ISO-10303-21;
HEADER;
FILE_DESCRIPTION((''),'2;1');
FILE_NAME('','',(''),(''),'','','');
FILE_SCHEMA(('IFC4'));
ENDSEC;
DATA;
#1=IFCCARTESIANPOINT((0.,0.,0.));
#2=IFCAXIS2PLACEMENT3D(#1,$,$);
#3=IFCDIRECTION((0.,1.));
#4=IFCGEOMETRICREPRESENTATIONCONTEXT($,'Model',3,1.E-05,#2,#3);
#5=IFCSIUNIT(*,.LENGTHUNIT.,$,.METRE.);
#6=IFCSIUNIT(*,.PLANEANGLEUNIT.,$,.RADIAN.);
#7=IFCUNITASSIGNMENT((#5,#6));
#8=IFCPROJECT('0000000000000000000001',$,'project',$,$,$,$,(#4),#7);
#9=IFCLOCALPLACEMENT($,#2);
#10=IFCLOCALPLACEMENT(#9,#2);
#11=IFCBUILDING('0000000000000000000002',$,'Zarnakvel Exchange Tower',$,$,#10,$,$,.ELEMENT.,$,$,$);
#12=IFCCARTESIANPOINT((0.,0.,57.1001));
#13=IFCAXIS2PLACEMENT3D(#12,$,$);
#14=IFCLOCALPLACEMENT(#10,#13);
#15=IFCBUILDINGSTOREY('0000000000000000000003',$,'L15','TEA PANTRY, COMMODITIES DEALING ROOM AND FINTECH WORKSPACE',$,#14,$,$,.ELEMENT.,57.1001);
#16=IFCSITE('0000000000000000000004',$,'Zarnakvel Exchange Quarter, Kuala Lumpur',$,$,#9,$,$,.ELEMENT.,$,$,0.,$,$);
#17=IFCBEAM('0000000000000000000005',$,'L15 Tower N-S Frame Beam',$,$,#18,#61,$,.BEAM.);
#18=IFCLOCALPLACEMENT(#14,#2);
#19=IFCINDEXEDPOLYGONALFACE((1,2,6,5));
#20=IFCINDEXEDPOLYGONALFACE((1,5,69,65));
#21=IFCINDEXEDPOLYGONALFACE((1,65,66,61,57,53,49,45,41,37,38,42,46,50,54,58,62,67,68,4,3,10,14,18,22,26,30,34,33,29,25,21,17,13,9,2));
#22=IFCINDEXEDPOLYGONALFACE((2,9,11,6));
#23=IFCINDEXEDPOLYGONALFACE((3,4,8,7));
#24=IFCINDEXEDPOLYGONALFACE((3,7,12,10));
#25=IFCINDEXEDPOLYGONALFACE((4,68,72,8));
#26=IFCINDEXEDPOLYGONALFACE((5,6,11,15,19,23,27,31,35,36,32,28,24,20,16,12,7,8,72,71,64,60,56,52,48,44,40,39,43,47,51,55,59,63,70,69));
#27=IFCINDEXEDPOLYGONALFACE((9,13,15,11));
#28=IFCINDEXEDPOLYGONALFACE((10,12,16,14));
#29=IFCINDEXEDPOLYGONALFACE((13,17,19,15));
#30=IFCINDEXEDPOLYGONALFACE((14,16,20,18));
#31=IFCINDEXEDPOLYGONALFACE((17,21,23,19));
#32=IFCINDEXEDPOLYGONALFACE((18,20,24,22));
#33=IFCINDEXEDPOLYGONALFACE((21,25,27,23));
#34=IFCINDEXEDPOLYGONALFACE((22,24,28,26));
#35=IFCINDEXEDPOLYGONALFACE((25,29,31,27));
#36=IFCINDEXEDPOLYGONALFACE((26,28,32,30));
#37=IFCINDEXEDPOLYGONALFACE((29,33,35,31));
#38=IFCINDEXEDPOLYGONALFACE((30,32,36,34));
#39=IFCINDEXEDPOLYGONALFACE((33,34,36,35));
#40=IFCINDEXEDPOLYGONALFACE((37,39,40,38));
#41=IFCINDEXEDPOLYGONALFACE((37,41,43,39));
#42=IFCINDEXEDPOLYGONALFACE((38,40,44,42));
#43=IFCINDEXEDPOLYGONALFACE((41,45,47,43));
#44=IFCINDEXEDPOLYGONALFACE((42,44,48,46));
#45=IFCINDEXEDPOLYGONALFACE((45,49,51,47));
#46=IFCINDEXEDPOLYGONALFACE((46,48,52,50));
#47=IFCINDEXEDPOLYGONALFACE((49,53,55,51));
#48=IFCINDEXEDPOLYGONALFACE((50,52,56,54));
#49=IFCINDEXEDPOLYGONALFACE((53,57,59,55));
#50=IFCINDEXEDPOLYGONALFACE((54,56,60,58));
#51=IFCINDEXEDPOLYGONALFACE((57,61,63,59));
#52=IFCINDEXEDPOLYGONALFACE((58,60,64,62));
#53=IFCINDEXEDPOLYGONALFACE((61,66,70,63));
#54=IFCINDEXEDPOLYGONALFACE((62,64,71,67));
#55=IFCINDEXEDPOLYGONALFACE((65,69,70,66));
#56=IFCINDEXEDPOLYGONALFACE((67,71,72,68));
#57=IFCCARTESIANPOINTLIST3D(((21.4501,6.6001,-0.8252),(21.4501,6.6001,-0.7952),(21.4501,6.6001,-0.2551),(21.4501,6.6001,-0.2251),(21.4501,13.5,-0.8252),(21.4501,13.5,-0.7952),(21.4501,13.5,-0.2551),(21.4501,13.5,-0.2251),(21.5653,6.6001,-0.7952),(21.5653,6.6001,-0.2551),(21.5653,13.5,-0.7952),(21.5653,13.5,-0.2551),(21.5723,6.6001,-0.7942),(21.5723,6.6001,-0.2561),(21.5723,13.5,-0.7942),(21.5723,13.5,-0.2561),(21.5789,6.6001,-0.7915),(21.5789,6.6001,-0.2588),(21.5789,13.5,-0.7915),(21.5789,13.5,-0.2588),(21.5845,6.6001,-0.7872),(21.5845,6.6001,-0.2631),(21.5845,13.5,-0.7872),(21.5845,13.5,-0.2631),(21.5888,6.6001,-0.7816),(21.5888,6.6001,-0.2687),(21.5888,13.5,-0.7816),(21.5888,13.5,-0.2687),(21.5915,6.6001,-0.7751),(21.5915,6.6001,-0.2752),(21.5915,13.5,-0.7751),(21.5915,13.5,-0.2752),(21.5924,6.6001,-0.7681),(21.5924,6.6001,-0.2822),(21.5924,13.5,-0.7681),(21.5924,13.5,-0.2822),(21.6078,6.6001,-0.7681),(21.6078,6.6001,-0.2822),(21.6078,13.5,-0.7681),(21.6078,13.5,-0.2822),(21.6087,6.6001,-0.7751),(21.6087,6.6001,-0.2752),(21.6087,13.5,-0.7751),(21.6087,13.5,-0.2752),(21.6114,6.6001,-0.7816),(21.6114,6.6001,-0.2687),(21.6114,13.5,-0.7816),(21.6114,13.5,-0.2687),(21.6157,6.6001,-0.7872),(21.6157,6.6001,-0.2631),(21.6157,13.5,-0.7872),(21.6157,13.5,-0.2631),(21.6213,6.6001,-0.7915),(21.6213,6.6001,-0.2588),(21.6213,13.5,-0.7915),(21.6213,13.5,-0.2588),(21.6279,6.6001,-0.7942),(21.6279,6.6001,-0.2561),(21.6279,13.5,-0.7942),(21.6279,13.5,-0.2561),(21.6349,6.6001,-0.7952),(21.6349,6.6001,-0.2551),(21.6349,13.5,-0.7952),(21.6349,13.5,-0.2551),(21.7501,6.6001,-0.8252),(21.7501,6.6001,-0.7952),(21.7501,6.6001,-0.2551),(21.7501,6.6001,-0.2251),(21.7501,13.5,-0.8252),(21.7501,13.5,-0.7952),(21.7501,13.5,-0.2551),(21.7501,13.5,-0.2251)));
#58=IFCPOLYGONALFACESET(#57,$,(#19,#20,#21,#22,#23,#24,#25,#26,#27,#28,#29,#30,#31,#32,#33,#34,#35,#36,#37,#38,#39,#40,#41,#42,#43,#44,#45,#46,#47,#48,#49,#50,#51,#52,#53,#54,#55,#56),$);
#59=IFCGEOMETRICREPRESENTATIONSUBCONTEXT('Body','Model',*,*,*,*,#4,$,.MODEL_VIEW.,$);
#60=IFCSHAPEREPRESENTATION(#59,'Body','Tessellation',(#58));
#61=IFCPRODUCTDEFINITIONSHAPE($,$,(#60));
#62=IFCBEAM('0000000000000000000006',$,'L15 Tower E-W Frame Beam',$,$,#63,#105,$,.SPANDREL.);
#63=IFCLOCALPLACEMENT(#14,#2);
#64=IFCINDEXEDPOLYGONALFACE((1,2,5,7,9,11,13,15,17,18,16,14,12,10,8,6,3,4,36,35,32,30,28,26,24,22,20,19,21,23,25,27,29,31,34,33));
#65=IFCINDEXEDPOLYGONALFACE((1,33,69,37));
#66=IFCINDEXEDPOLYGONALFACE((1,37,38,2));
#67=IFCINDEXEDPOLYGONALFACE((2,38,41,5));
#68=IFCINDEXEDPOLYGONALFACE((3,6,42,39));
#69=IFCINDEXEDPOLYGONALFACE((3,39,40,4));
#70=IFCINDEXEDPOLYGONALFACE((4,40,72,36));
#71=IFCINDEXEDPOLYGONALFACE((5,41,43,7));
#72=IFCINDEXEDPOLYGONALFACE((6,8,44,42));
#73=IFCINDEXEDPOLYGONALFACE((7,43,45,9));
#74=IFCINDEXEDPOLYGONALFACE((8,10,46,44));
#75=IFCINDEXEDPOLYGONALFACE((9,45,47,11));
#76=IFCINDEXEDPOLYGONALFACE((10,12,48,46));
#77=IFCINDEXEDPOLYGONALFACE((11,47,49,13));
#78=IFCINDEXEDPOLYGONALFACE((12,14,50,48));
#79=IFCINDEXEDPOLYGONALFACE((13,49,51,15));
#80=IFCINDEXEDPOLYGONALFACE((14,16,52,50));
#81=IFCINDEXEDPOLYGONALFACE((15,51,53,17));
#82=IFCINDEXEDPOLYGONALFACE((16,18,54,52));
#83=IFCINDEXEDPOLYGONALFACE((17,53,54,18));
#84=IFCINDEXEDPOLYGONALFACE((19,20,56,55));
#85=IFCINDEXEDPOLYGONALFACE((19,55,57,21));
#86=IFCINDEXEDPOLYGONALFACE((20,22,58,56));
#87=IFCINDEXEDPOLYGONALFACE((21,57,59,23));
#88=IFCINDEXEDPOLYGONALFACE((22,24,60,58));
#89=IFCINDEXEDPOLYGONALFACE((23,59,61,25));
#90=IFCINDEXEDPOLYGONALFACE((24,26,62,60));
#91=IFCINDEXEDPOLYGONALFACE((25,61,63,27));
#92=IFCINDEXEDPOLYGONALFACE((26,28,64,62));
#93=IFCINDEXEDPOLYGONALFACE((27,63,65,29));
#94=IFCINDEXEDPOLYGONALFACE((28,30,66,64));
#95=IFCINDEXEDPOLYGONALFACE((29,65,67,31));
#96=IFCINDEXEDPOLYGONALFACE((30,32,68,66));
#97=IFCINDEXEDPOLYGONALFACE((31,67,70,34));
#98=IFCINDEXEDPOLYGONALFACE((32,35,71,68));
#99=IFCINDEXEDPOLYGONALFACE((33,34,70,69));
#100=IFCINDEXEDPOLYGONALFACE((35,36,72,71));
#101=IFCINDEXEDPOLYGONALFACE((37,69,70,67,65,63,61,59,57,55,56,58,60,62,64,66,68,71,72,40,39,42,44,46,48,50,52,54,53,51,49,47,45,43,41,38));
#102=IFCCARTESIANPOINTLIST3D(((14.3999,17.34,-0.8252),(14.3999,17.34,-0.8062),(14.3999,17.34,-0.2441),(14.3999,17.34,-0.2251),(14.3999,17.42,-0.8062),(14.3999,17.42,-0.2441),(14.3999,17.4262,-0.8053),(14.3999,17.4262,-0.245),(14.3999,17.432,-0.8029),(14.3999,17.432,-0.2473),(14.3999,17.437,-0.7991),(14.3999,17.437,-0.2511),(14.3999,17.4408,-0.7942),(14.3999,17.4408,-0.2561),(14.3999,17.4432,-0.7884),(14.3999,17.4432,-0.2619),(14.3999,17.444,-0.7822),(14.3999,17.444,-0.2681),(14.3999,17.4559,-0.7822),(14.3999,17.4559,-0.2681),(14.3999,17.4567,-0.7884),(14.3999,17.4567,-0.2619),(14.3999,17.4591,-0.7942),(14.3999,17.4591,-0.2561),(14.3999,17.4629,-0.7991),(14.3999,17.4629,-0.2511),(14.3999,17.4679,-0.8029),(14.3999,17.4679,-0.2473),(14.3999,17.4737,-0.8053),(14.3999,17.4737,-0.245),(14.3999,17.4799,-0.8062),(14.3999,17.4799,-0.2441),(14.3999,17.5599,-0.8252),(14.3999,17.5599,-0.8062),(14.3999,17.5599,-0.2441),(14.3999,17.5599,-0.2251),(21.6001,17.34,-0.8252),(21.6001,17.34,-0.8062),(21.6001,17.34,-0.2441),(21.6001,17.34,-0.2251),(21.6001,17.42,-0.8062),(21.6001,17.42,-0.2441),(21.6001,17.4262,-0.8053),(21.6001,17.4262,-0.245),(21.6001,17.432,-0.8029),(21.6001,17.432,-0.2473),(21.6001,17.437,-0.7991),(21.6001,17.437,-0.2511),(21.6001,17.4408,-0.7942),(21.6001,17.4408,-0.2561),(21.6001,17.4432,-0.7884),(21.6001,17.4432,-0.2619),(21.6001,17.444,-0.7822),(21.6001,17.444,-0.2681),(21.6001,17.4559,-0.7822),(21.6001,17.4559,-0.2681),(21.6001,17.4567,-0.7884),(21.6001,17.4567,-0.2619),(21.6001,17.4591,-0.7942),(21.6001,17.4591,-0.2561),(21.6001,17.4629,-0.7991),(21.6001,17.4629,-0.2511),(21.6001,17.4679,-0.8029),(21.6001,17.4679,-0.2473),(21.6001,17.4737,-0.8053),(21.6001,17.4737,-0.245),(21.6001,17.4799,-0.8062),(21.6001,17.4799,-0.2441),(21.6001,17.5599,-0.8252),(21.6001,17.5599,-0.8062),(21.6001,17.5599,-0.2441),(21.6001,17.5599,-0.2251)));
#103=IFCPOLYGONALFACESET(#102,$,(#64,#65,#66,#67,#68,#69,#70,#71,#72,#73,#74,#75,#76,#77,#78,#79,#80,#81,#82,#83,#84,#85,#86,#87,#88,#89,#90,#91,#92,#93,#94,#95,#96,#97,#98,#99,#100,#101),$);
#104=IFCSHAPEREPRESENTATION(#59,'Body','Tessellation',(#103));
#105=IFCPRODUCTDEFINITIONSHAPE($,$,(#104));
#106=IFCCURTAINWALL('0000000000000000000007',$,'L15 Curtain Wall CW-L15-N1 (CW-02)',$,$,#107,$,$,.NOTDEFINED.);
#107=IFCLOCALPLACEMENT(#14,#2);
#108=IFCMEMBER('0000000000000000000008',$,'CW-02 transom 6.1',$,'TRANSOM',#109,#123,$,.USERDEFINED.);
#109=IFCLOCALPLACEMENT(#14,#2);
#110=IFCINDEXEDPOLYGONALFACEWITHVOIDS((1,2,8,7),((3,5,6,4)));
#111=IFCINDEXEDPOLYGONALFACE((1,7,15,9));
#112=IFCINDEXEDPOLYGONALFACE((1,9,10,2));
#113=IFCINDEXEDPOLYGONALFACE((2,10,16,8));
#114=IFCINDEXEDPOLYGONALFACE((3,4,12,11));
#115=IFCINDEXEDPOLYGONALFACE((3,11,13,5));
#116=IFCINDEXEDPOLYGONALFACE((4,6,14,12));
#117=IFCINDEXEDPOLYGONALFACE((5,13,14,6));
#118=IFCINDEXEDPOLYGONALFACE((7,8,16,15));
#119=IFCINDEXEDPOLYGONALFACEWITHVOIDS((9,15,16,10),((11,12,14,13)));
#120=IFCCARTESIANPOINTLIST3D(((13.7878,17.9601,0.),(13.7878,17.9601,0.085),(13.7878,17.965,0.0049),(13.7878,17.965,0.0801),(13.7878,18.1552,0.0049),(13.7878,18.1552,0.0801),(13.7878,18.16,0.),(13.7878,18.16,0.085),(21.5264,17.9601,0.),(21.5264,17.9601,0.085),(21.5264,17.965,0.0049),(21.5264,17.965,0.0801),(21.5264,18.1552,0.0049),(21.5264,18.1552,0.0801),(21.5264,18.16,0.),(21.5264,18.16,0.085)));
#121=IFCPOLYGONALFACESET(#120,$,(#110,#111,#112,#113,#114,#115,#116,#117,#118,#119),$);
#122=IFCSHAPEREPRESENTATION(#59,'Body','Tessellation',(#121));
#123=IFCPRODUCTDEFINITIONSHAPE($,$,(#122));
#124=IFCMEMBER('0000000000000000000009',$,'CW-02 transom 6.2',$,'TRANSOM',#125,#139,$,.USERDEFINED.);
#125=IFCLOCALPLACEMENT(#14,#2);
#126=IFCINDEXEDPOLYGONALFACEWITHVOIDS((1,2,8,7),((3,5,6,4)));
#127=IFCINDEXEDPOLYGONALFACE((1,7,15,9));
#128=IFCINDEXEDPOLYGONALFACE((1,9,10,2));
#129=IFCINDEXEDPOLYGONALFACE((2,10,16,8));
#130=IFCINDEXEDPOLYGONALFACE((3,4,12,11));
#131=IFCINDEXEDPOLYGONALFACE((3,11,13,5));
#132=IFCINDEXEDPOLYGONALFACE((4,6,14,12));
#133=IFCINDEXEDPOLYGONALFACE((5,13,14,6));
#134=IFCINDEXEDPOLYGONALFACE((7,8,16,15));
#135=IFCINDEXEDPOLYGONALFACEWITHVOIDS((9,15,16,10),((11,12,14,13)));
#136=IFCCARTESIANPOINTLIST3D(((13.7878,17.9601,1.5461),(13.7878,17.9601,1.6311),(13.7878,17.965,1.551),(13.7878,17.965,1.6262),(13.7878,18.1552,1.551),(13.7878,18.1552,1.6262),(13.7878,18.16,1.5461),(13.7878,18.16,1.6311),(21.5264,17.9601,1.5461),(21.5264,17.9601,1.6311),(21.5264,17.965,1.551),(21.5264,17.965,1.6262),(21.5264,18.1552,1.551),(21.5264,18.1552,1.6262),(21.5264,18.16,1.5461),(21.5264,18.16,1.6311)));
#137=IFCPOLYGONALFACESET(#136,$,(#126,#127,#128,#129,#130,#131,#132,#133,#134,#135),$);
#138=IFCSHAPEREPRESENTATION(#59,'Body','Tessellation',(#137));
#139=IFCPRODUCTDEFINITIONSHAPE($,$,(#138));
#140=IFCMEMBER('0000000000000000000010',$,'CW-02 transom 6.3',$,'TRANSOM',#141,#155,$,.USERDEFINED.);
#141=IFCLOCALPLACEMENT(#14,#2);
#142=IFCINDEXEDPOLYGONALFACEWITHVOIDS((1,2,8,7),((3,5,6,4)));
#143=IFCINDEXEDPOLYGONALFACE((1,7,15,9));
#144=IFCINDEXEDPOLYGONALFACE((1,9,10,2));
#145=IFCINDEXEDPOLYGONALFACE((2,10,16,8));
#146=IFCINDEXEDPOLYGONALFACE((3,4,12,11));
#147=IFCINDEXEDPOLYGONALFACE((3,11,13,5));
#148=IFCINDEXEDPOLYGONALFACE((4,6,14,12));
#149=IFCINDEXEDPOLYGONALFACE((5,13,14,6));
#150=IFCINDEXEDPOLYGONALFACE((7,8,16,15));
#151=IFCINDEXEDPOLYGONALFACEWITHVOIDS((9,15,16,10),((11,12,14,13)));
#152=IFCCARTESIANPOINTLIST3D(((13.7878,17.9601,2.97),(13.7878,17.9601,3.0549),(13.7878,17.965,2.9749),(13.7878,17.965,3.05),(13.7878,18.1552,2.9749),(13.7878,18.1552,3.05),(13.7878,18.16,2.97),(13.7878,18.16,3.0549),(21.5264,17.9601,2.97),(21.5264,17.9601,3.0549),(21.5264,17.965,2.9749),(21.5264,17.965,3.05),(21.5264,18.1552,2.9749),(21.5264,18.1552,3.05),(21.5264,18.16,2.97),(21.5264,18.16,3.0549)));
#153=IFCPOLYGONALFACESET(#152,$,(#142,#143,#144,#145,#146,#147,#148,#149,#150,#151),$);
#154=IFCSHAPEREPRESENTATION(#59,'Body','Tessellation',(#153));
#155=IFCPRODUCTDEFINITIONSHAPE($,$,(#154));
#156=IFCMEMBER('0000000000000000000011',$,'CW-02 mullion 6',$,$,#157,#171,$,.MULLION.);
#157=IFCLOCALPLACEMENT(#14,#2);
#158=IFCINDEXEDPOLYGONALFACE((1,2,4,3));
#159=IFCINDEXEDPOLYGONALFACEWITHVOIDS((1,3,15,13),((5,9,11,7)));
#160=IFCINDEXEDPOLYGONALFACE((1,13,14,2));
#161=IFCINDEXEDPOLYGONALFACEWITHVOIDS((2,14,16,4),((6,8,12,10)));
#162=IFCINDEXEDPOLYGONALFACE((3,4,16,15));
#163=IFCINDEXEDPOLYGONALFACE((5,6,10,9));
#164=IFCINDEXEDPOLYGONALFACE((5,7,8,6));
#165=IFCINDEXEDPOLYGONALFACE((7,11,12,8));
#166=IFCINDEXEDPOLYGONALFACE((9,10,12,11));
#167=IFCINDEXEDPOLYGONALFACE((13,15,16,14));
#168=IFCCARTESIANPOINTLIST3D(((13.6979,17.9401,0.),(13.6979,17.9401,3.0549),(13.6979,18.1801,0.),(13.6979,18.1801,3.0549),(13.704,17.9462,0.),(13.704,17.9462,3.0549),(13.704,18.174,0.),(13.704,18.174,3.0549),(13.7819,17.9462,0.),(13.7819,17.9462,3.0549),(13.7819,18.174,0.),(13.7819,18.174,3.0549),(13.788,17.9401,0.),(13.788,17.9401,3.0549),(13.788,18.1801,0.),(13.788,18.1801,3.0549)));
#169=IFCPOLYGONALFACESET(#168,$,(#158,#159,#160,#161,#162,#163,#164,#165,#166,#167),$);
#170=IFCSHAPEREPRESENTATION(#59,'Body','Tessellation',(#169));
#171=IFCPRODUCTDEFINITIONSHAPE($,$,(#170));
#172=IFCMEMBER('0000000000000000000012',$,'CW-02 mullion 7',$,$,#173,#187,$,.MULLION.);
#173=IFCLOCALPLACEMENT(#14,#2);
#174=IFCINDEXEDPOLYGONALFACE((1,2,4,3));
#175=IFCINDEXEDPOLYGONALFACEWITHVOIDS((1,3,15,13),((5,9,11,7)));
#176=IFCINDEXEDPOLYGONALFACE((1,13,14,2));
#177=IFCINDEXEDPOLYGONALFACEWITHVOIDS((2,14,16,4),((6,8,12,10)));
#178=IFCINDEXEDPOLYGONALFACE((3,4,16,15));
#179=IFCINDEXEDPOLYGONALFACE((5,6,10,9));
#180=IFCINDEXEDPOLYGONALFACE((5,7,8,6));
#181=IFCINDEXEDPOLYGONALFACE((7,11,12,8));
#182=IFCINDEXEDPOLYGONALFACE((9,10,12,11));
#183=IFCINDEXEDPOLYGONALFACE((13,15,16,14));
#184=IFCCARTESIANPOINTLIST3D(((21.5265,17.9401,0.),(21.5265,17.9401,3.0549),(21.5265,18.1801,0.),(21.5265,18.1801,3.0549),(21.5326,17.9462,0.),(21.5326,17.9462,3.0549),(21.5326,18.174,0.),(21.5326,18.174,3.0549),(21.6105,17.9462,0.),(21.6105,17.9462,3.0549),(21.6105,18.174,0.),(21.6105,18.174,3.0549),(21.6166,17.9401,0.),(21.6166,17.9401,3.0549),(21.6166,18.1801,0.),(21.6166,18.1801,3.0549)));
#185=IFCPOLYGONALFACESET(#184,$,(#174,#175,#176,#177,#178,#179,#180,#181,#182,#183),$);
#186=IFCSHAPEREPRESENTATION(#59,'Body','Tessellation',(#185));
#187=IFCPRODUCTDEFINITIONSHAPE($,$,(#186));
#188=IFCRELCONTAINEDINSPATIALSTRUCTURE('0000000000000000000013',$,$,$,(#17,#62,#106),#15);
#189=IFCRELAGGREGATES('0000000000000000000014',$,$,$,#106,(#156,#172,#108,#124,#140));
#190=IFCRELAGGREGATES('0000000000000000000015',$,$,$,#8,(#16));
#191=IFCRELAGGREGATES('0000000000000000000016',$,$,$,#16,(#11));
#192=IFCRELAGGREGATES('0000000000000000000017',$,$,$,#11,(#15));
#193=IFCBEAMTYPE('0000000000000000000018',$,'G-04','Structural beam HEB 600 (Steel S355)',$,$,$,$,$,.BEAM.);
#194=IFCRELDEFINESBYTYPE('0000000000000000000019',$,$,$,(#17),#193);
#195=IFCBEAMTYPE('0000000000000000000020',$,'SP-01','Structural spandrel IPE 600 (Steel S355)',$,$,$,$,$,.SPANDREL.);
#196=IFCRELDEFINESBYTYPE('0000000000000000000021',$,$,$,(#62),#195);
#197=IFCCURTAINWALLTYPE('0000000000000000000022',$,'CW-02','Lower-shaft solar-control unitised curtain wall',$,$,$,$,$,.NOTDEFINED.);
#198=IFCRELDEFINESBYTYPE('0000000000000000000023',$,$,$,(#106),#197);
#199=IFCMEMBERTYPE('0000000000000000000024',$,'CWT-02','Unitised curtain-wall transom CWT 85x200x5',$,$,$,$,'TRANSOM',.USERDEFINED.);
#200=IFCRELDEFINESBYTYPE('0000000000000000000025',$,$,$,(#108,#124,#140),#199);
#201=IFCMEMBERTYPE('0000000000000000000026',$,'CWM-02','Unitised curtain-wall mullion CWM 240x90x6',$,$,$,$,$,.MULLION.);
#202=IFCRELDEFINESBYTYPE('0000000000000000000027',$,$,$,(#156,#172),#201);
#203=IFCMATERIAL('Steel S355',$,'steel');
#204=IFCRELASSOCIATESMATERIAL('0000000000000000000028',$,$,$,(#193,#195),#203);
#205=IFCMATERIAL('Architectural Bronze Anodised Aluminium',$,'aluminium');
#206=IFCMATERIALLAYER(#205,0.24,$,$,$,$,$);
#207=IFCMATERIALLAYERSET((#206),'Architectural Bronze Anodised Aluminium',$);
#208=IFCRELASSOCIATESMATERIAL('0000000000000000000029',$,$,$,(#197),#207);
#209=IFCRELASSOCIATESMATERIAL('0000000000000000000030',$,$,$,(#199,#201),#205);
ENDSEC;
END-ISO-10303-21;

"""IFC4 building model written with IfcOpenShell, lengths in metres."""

from ifc_helpers import new_model, si_unit, direction, frame, origin, origin_2d, place, context, subcontext, project, spatial, hollow_rectangle, i_section, extrude, source, transform, mapped, material, layer, layer_set, material_profile, profile_set, type_object, element, aggregate, save


model = new_model("IFC4")

# Units and contexts
model_context = context("Model", 3, precision=1e-05, world=origin(), true_north=direction((0.0, 1.0)))
body_context = subcontext(model_context, "Body", "Model", "MODEL_VIEW")
ifc_project = project(units=[si_unit("LENGTHUNIT", "METRE"), si_unit("PLANEANGLEUNIT", "RADIAN")], contexts=[model_context])

# Site, building, storey
site_placement = place(None, origin())
site = spatial("IfcSite", under=ifc_project, at=site_placement, Name="Zarnakvel Exchange Quarter, Kuala Lumpur", CompositionType="ELEMENT", RefElevation=0.0)
building_placement = place(site_placement, origin())
building = spatial("IfcBuilding", under=site, at=building_placement, Name="Zarnakvel Exchange Tower", CompositionType="ELEMENT")
storey_placement = place(building_placement, frame((0.0, 0.0, 57.1001)))
storey = spatial("IfcBuildingStorey", under=building, at=storey_placement, Name="L15", Description="TEA PANTRY, COMMODITIES DEALING ROOM AND FINTECH WORKSPACE", CompositionType="ELEMENT", Elevation=57.1001)

# Beams
ifc_material_1 = material(Name="Steel S355", Category="steel")
ifc_material_profile_1 = material_profile(ifc_material_1, i_section(OverallWidth=0.3, OverallDepth=0.6001, WebThickness=0.0154, FlangeThickness=0.03, FilletRadius=0.0271, at=origin_2d()))
ifc_profile_set_1 = profile_set([ifc_material_profile_1], Name="Steel S355")
beam_type_1 = type_object("IfcBeamType", Name="G-04", Description="Structural beam HEB 600 (Steel S355)", PredefinedType="BEAM", material=ifc_profile_set_1)
beam_1_placement = place(storey_placement, frame((21.6001, 6.6001, -0.5251), z_axis=(0.0, 1.0, 0.0), x_axis=(-1.0, 0.0, 0.0)))
element("IfcBeam", 1, at=beam_1_placement, inside=storey, type_object=beam_type_1, Name="L15 Tower N-S Frame Beam", PredefinedType="BEAM", context=body_context, shape_type="SweptSolid", body=[
    extrude(i_section(OverallWidth=0.3, OverallDepth=0.6001, WebThickness=0.0154, FlangeThickness=0.03, FilletRadius=0.0271, at=origin_2d()), origin(), (0.0, 0.0, 1.0), 6.8999),
])
ifc_material_profile_2 = material_profile(ifc_material_1, i_section(OverallWidth=0.22, OverallDepth=0.6001, WebThickness=0.012, FlangeThickness=0.019, FilletRadius=0.0239, at=origin_2d()))
ifc_profile_set_2 = profile_set([ifc_material_profile_2], Name="Steel S355")
beam_type_2 = type_object("IfcBeamType", Name="SP-01", Description="Structural spandrel IPE 600 (Steel S355)", PredefinedType="SPANDREL", material=ifc_profile_set_2)
beam_2_placement = place(storey_placement, frame((14.3999, 17.45, -0.5251), z_axis=(1.0, 0.0, 0.0), x_axis=(0.0, 1.0, 0.0)))
element("IfcBeam", 2, at=beam_2_placement, inside=storey, type_object=beam_type_2, Name="L15 Tower E-W Frame Beam", PredefinedType="SPANDREL", context=body_context, shape_type="SweptSolid", body=[
    extrude(i_section(OverallWidth=0.22, OverallDepth=0.6001, WebThickness=0.012, FlangeThickness=0.019, FilletRadius=0.0239, at=origin_2d()), origin(), (0.0, 0.0, 1.0), 7.2002),
])

# Curtain wall, members
ifc_material_2 = material(Name="Architectural Bronze Anodised Aluminium", Category="aluminium")
ifc_layer_1 = layer(ifc_material_2, 0.24)
ifc_layer_set_1 = layer_set([ifc_layer_1], Name="Architectural Bronze Anodised Aluminium")
curtain_wall_type = type_object("IfcCurtainWallType", Name="CW-02", Description="Lower-shaft solar-control unitised curtain wall", PredefinedType="NOTDEFINED", material=ifc_layer_set_1)
curtain_wall_placement = place(storey_placement, origin())
curtain_wall = element("IfcCurtainWall", 3, at=curtain_wall_placement, inside=storey, type_object=curtain_wall_type, Name="L15 Curtain Wall CW-L15-N1 (CW-02)", PredefinedType="NOTDEFINED")
ifc_material_profile_3 = material_profile(ifc_material_2, hollow_rectangle(XDim=0.2, YDim=0.085, WallThickness=0.0049, at=origin_2d()))
ifc_profile_set_3 = profile_set([ifc_material_profile_3], Name="Architectural Bronze Anodised Aluminium")
member_type_1 = type_object("IfcMemberType", Name="CWT-02", Description="Unitised curtain-wall transom CWT 85x200x5", ElementType="TRANSOM", PredefinedType="USERDEFINED", material=ifc_profile_set_3)
shared_shape_1 = source(origin(), body_context, "Body", "SweptSolid", [
    extrude(hollow_rectangle(XDim=0.2, YDim=0.085, WallThickness=0.0049, at=origin_2d()), origin(), (0.0, 0.0, 1.0), 7.7385),
])
member_1_placement = place(storey_placement, frame((13.7878, 18.0601, 0.0425), z_axis=(1.0, 0.0, 0.0), x_axis=(0.0, 1.0, 0.0)))
member_1 = element("IfcMember", 4, at=member_1_placement, type_object=member_type_1, Name="CW-02 transom 6.1", ObjectType="TRANSOM", PredefinedType="USERDEFINED", context=body_context, shape_type="MappedRepresentation", body=[
    mapped(shared_shape_1, transform((0.0, 0.0, 0.0), x_axis=(1.0, 0.0, 0.0), y_axis=(0.0, 1.0, 0.0), z_axis=(0.0, 0.0, 1.0), scale=1.0)),
])
member_2_placement = place(storey_placement, frame((13.7878, 18.0601, 1.5886), z_axis=(1.0, 0.0, 0.0), x_axis=(0.0, 1.0, 0.0)))
member_2 = element("IfcMember", 5, at=member_2_placement, type_object=member_type_1, Name="CW-02 transom 6.2", ObjectType="TRANSOM", PredefinedType="USERDEFINED", context=body_context, shape_type="MappedRepresentation", body=[
    mapped(shared_shape_1, transform((0.0, 0.0, 0.0), x_axis=(1.0, 0.0, 0.0), y_axis=(0.0, 1.0, 0.0), z_axis=(0.0, 0.0, 1.0), scale=1.0)),
])
member_3_placement = place(storey_placement, frame((13.7878, 18.0601, 3.0125), z_axis=(1.0, 0.0, 0.0), x_axis=(0.0, 1.0, 0.0)))
member_3 = element("IfcMember", 6, at=member_3_placement, type_object=member_type_1, Name="CW-02 transom 6.3", ObjectType="TRANSOM", PredefinedType="USERDEFINED", context=body_context, shape_type="MappedRepresentation", body=[
    mapped(shared_shape_1, transform((0.0, 0.0, 0.0), x_axis=(1.0, 0.0, 0.0), y_axis=(0.0, 1.0, 0.0), z_axis=(0.0, 0.0, 1.0), scale=1.0)),
])
ifc_material_profile_4 = material_profile(ifc_material_2, hollow_rectangle(XDim=0.24, YDim=0.0901, WallThickness=0.0061, at=origin_2d()))
ifc_profile_set_4 = profile_set([ifc_material_profile_4], Name="Architectural Bronze Anodised Aluminium")
member_type_2 = type_object("IfcMemberType", Name="CWM-02", Description="Unitised curtain-wall mullion CWM 240x90x6", PredefinedType="MULLION", material=ifc_profile_set_4)
shared_shape_2 = source(origin(), body_context, "Body", "SweptSolid", [
    extrude(hollow_rectangle(XDim=0.24, YDim=0.0901, WallThickness=0.0061, at=origin_2d()), origin(), (0.0, 0.0, 1.0), 3.0549),
])
member_4_placement = place(storey_placement, frame((13.7429, 18.0601, 0.0), z_axis=(0.0, 0.0, 1.0), x_axis=(0.0, 1.0, 0.0)))
member_4 = element("IfcMember", 7, at=member_4_placement, type_object=member_type_2, Name="CW-02 mullion 6", PredefinedType="MULLION", context=body_context, shape_type="MappedRepresentation", body=[
    mapped(shared_shape_2, transform((0.0, 0.0, 0.0), x_axis=(1.0, 0.0, 0.0), y_axis=(0.0, 1.0, 0.0), z_axis=(0.0, 0.0, 1.0), scale=1.0)),
])
member_5_placement = place(storey_placement, frame((21.5715, 18.0601, 0.0), z_axis=(0.0, 0.0, 1.0), x_axis=(0.0, 1.0, 0.0)))
member_5 = element("IfcMember", 8, at=member_5_placement, type_object=member_type_2, Name="CW-02 mullion 7", PredefinedType="MULLION", context=body_context, shape_type="MappedRepresentation", body=[
    mapped(shared_shape_2, transform((0.0, 0.0, 0.0), x_axis=(1.0, 0.0, 0.0), y_axis=(0.0, 1.0, 0.0), z_axis=(0.0, 0.0, 1.0), scale=1.0)),
])
aggregate(curtain_wall, [member_4, member_5, member_1, member_2, member_3])

save(model, "model.ifc")
